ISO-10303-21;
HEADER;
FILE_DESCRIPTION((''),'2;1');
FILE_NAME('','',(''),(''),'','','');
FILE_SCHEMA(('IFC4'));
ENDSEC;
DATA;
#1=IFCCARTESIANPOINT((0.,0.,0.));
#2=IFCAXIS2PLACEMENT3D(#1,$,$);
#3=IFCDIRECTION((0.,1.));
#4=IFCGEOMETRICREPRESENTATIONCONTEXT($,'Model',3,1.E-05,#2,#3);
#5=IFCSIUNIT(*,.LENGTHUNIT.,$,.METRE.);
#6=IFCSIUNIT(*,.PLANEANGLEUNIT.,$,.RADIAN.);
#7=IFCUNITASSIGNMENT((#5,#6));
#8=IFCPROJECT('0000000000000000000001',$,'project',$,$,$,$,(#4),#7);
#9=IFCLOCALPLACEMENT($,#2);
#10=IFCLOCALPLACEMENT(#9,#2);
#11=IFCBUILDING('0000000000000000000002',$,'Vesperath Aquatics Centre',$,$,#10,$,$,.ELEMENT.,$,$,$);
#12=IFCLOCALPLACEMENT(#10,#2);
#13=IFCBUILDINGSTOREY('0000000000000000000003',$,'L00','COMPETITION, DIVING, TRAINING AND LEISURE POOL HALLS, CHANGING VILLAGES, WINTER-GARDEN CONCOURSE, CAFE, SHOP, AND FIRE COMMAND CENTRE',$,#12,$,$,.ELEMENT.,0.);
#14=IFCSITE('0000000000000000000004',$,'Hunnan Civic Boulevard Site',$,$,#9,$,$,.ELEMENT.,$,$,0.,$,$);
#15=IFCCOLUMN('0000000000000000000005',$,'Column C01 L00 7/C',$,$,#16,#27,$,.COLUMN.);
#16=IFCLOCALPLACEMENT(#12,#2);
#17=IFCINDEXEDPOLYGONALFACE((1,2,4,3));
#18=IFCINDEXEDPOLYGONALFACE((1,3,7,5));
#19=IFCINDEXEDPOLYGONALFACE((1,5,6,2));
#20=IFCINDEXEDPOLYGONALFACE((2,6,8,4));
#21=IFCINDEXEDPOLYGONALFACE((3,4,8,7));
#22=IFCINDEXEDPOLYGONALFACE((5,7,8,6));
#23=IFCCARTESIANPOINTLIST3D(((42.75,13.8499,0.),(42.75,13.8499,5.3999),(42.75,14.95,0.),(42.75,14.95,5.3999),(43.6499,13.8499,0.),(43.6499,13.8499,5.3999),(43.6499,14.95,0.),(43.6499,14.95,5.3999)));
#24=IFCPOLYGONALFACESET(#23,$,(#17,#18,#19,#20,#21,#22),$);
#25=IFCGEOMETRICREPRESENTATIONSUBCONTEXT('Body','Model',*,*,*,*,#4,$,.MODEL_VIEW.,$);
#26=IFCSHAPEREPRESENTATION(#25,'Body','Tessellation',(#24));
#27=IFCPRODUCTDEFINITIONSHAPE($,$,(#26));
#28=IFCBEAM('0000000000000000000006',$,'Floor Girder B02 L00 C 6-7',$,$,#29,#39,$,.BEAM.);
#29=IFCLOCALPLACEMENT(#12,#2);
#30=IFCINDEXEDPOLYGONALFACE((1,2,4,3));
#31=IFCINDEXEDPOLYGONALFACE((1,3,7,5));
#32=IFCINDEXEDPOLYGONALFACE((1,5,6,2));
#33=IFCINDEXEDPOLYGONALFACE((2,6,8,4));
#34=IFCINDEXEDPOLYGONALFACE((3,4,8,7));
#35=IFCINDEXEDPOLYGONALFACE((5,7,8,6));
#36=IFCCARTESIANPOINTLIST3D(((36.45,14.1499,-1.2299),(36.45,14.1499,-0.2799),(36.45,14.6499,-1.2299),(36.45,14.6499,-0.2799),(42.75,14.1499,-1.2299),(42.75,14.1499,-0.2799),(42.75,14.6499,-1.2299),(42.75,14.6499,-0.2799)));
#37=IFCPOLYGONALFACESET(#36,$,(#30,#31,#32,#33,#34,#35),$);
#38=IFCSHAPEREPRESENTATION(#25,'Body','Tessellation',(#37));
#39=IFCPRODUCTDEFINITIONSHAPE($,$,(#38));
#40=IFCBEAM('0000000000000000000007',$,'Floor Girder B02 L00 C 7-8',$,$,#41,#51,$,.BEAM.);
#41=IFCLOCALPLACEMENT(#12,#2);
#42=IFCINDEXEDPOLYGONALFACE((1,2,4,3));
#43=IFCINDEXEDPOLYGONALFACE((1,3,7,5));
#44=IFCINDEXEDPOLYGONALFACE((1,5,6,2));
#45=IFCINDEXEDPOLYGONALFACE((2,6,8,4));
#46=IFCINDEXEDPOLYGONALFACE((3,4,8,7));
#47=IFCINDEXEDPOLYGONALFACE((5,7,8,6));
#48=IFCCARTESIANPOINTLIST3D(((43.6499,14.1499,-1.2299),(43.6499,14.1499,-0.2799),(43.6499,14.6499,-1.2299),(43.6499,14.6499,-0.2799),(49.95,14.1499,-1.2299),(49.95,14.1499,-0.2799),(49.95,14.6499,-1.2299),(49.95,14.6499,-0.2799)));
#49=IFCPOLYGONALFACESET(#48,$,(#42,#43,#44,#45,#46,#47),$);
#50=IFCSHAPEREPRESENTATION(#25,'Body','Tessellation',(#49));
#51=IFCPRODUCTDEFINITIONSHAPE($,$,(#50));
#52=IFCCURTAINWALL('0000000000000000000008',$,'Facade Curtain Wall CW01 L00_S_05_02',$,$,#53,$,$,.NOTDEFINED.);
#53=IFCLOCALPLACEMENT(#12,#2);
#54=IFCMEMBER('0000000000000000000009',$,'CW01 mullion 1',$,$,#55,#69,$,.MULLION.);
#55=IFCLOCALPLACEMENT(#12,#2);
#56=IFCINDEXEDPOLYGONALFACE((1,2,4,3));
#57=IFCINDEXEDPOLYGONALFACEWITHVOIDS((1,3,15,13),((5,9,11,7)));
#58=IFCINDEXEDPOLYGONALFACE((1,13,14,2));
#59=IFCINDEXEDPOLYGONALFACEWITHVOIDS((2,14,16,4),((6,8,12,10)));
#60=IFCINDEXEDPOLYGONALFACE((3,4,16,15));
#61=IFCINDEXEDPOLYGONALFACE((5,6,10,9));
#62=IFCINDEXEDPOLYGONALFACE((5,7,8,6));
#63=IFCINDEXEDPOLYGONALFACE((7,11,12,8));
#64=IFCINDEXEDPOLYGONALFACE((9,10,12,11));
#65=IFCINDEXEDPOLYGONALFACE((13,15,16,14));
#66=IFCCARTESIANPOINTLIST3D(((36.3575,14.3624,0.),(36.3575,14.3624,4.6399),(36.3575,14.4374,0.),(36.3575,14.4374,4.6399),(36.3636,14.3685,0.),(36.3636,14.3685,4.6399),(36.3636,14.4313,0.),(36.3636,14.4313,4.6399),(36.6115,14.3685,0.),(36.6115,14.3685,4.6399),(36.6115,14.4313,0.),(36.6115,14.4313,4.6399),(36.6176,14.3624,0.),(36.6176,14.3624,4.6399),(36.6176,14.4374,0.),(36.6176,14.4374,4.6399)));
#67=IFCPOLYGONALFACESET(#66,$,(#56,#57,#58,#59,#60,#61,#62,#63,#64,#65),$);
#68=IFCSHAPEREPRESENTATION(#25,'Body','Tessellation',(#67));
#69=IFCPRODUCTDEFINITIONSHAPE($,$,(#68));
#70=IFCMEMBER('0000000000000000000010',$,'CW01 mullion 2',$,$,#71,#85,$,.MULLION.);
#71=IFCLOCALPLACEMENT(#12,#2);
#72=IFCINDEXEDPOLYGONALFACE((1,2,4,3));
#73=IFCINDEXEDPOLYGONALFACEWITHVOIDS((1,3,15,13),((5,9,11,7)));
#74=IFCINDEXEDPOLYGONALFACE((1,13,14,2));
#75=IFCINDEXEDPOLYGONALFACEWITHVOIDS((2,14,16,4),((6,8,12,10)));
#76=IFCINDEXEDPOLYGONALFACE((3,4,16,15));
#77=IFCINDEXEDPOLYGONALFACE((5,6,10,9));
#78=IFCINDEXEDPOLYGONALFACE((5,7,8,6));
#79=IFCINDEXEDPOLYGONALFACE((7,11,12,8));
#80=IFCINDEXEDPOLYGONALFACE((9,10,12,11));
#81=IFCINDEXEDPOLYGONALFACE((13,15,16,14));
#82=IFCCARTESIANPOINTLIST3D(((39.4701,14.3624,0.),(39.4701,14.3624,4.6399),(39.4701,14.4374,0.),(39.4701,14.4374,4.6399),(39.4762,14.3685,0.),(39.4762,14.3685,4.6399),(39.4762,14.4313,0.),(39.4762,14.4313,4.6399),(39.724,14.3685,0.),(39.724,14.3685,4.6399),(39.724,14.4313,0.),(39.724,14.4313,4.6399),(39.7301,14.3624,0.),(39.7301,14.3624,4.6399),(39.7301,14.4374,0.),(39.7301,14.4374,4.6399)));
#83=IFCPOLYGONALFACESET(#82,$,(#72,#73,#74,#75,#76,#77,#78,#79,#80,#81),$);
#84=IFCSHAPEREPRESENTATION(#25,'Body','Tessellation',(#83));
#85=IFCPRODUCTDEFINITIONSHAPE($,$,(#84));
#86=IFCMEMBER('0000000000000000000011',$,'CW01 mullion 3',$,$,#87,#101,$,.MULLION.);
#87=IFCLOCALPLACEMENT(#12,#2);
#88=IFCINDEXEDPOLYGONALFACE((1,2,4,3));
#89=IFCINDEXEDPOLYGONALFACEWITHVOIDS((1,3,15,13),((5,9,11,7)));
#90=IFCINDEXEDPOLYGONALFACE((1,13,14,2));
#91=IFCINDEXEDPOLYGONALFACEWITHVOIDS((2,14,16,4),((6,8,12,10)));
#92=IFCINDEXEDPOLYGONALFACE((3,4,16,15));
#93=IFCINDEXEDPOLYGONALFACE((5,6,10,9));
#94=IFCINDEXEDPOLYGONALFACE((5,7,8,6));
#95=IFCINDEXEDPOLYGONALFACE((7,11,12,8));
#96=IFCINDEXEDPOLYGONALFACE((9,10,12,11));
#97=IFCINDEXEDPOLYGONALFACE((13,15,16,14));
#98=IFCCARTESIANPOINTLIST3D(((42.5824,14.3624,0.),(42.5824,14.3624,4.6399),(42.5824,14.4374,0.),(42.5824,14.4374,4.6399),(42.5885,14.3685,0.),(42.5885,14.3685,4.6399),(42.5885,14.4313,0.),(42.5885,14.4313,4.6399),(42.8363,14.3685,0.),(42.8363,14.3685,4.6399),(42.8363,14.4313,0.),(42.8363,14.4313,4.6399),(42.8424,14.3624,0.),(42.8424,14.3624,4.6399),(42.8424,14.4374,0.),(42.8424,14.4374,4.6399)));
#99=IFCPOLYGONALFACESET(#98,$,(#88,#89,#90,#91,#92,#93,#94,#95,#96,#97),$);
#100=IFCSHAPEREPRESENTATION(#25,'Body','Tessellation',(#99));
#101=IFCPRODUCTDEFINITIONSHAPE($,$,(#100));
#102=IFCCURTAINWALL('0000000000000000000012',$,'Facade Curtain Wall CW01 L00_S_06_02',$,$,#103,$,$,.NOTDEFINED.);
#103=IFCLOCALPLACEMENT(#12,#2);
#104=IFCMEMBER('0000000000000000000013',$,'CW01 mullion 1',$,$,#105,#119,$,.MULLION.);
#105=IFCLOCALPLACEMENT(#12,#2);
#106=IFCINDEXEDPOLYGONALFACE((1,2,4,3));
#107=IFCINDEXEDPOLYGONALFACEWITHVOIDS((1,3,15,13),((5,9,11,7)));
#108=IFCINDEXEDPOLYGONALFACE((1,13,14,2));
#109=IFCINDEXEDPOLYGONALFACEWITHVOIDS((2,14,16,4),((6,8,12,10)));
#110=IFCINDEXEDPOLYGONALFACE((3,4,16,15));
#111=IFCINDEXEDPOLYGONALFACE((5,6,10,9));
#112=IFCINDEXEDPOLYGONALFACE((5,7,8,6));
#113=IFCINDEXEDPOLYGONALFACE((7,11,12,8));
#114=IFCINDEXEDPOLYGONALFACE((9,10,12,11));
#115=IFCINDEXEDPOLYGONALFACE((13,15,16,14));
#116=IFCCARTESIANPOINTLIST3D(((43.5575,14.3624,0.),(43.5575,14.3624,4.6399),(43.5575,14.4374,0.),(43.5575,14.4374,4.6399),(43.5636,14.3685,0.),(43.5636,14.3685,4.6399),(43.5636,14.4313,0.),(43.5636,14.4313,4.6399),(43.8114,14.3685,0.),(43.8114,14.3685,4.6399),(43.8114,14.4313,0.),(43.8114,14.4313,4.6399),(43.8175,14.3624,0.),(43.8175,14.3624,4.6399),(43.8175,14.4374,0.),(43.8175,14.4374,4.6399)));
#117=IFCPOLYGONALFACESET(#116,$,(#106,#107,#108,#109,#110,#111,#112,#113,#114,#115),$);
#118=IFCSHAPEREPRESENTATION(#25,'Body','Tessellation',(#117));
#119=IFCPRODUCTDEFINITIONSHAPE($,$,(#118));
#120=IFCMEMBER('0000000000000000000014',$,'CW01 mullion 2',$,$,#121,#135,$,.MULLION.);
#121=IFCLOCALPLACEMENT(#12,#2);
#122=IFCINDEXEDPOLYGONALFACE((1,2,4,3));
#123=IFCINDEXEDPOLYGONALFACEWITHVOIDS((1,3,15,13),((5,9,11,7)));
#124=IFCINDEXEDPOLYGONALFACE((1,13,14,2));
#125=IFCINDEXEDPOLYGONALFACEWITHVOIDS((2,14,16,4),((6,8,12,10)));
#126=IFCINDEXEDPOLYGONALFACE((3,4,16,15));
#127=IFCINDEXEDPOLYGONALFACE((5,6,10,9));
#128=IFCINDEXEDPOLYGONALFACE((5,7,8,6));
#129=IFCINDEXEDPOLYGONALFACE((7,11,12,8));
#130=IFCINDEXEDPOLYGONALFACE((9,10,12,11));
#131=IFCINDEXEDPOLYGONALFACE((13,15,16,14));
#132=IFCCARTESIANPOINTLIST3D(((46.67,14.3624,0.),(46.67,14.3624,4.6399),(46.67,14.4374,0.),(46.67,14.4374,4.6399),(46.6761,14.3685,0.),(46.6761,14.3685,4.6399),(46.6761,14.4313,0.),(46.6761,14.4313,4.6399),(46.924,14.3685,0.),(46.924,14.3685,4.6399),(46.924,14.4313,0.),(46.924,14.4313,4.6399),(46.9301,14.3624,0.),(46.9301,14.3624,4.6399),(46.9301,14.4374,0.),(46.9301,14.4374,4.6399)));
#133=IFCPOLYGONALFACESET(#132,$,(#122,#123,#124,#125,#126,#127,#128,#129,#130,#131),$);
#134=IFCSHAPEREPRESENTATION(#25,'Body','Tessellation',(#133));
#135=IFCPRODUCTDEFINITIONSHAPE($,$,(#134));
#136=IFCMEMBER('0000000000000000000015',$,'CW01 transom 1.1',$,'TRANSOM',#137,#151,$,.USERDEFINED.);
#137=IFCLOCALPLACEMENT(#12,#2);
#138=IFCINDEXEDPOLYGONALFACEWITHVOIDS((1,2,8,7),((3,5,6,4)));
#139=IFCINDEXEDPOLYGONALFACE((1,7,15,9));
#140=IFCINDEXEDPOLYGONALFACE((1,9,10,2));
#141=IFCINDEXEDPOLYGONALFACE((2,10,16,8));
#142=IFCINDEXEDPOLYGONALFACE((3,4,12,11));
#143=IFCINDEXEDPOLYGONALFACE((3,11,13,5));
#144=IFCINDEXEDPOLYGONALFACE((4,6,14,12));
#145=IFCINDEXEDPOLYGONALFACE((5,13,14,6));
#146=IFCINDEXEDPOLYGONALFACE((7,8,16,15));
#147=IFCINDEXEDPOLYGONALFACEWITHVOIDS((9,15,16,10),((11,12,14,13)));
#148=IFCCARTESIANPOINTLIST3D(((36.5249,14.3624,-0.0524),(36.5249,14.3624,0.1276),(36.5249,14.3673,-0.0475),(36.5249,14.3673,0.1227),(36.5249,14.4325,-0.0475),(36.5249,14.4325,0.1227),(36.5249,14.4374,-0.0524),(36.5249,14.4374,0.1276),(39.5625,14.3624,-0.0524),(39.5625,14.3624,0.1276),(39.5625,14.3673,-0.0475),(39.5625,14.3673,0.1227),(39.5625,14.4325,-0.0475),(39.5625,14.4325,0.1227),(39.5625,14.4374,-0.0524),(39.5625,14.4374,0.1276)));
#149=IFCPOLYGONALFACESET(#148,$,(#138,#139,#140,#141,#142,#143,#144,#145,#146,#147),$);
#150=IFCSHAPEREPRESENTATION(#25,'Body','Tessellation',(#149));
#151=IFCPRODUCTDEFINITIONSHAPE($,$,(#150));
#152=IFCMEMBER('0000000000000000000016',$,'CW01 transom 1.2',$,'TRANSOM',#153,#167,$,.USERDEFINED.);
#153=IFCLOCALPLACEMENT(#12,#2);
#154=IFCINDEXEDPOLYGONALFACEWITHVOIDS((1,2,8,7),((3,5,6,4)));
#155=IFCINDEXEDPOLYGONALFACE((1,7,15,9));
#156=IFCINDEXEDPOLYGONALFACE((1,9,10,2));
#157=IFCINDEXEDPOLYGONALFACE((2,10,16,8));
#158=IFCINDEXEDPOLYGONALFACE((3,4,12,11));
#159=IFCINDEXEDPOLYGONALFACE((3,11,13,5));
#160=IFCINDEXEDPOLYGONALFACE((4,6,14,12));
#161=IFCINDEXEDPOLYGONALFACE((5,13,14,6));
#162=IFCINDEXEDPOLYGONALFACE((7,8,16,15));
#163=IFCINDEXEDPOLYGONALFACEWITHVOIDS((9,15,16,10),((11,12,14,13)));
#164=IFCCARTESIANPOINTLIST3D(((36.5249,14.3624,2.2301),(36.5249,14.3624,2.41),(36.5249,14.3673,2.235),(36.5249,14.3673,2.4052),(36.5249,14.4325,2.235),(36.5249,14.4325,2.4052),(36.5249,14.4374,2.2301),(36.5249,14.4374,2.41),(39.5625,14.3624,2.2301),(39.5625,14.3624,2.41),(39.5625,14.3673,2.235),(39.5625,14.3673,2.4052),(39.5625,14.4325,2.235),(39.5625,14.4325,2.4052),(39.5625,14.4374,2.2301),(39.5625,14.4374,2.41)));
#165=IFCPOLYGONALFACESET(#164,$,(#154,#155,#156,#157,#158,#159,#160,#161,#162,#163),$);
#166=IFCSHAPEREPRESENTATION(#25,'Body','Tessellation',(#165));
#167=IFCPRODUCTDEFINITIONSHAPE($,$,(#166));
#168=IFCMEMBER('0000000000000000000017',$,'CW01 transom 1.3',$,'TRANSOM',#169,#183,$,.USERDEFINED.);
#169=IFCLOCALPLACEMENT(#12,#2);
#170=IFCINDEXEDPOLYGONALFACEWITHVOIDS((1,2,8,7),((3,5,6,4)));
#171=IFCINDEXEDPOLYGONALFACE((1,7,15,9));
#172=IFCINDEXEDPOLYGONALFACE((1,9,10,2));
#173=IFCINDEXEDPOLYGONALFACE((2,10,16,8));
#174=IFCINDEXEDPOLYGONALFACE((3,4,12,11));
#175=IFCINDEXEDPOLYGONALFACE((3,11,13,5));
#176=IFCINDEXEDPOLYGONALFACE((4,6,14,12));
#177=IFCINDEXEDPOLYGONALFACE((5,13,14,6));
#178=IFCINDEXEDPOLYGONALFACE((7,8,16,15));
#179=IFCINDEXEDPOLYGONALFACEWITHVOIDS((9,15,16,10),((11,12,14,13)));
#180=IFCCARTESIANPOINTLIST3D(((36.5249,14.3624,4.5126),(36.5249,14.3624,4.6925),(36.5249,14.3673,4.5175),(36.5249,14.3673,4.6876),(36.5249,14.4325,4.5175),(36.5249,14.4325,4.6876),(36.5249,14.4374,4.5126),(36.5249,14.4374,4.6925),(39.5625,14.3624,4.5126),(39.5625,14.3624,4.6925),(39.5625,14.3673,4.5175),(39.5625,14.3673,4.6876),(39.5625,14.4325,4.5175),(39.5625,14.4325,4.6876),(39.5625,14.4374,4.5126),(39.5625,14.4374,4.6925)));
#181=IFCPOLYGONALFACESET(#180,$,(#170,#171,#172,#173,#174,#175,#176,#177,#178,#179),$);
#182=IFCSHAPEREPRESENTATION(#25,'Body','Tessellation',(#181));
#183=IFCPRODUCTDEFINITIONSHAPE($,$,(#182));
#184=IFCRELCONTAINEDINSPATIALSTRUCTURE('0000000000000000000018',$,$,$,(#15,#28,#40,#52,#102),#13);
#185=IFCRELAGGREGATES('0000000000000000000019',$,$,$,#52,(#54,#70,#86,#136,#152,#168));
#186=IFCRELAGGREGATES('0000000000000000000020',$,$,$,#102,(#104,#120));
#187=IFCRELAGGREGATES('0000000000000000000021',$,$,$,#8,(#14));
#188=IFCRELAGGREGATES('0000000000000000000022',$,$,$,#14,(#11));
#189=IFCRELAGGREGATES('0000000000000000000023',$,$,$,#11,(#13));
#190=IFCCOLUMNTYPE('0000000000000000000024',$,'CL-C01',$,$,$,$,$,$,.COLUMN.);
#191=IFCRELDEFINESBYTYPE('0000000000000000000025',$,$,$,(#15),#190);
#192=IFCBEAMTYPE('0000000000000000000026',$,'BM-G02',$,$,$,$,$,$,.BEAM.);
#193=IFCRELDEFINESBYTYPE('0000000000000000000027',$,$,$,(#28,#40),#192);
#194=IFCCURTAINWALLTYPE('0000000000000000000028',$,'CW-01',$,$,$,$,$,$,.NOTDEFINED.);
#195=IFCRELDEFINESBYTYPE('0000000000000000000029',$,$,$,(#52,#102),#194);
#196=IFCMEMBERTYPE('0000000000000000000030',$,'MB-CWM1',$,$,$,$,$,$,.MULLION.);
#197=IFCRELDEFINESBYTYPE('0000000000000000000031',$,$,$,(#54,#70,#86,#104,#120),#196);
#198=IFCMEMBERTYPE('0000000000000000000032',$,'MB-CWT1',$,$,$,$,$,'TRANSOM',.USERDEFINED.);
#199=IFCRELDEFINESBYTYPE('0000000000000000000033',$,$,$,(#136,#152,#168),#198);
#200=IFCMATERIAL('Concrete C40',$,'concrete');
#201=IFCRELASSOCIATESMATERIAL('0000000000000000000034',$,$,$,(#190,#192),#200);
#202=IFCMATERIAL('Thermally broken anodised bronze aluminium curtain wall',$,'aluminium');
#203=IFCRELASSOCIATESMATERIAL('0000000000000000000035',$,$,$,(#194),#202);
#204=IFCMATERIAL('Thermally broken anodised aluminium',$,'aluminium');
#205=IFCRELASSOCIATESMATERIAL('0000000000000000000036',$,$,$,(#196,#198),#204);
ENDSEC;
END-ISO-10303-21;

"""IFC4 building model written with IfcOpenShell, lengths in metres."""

from ifc_helpers import new_model, si_unit, direction, frame, origin, origin_2d, place, context, subcontext, project, spatial, rectangle, hollow_rectangle, extrude, material, material_profile, profile_set, type_object, element, aggregate, save


model = new_model("IFC4")

# Units and contexts
model_context = context("Model", 3, precision=1e-05, world=origin(), true_north=direction((0.0, 1.0)))
body_context = subcontext(model_context, "Body", "Model", "MODEL_VIEW")
ifc_project = project(units=[si_unit("LENGTHUNIT", "METRE"), si_unit("PLANEANGLEUNIT", "RADIAN")], contexts=[model_context])

# Site, building, storey
site_placement = place(None, origin())
site = spatial("IfcSite", under=ifc_project, at=site_placement, Name="Hunnan Civic Boulevard Site", CompositionType="ELEMENT", RefElevation=0.0)
building_placement = place(site_placement, origin())
building = spatial("IfcBuilding", under=site, at=building_placement, Name="Vesperath Aquatics Centre", CompositionType="ELEMENT")
storey_placement = place(building_placement, origin())
storey = spatial("IfcBuildingStorey", under=building, at=storey_placement, Name="L00", Description="COMPETITION, DIVING, TRAINING AND LEISURE POOL HALLS, CHANGING VILLAGES, WINTER-GARDEN CONCOURSE, CAFE, SHOP, AND FIRE COMMAND CENTRE", CompositionType="ELEMENT", Elevation=0.0)

# Column
ifc_material_1 = material(Name="Concrete C40", Category="concrete")
ifc_material_profile_1 = material_profile(ifc_material_1, rectangle(XDim=0.8999, YDim=1.1001, at=origin_2d()), Name="RC 1100x900")
ifc_profile_set_1 = profile_set([ifc_material_profile_1], Name="Concrete C40")
column_type = type_object("IfcColumnType", Name="CL-C01", PredefinedType="COLUMN", material=ifc_profile_set_1)
column_placement = place(storey_placement, frame((43.2, 14.3999, 0.0), z_axis=(0.0, 0.0, 1.0), x_axis=(1.0, 0.0, 0.0)))
element("IfcColumn", 1, at=column_placement, inside=storey, type_object=column_type, Name="Column C01 L00 7/C", PredefinedType="COLUMN", context=body_context, shape_type="SweptSolid", body=[
    extrude(rectangle(XDim=0.8999, YDim=1.1001, at=origin_2d()), origin(), (0.0, 0.0, 1.0), 5.3999),
])

# Beams
ifc_material_profile_2 = material_profile(ifc_material_1, rectangle(XDim=0.5, YDim=0.95, at=origin_2d()), Name="RC 500x950")
ifc_profile_set_2 = profile_set([ifc_material_profile_2], Name="Concrete C40")
beam_type = type_object("IfcBeamType", Name="BM-G02", PredefinedType="BEAM", material=ifc_profile_set_2)
for number, where, z_axis, x_axis, name in (
    (2, (36.45, 14.3999, -0.7549), (1.0, 0.0, 0.0), (0.0, 1.0, 0.0), "Floor Girder B02 L00 C 6-7"),
    (3, (43.6499, 14.3999, -0.7549), (1.0, 0.0, 0.0), (0.0, 1.0, 0.0), "Floor Girder B02 L00 C 7-8"),
):
    element("IfcBeam", number, at=place(storey_placement, frame(where, z_axis=z_axis, x_axis=x_axis)), inside=storey, type_object=beam_type, Name=name, PredefinedType="BEAM", context=body_context, shape_type="SweptSolid", body=[
        extrude(rectangle(XDim=0.5, YDim=0.95, at=origin_2d()), origin(), (0.0, 0.0, 1.0), 6.3),
    ])

# Curtain walls, members
ifc_material_2 = material(Name="Thermally broken anodised bronze aluminium curtain wall", Category="aluminium")
curtain_wall_type = type_object("IfcCurtainWallType", Name="CW-01", PredefinedType="NOTDEFINED", material=ifc_material_2)
curtain_wall_1_placement = place(storey_placement, origin())
curtain_wall_1 = element("IfcCurtainWall", 4, at=curtain_wall_1_placement, inside=storey, type_object=curtain_wall_type, Name="Facade Curtain Wall CW01 L00_S_05_02", PredefinedType="NOTDEFINED")
ifc_material_3 = material(Name="Thermally broken anodised aluminium", Category="aluminium")
ifc_material_profile_3 = material_profile(ifc_material_3, hollow_rectangle(XDim=0.075, YDim=0.26, WallThickness=0.0061, at=origin_2d()), Name="CWM 75x260x6")
ifc_profile_set_3 = profile_set([ifc_material_profile_3], Name="Thermally broken anodised aluminium")
member_type_1 = type_object("IfcMemberType", Name="MB-CWM1", PredefinedType="MULLION", material=ifc_profile_set_3)
member_1_placement = place(storey_placement, frame((36.4875, 14.3999, 0.0), z_axis=(0.0, 0.0, 1.0), x_axis=(0.0, 1.0, 0.0)))
member_1 = element("IfcMember", 5, at=member_1_placement, type_object=member_type_1, Name="CW01 mullion 1", PredefinedType="MULLION", context=body_context, shape_type="SweptSolid", body=[
    extrude(hollow_rectangle(XDim=0.075, YDim=0.26, WallThickness=0.0061, at=origin_2d()), origin(), (0.0, 0.0, 1.0), 4.6399),
])
member_2_placement = place(storey_placement, frame((39.6001, 14.3999, 0.0), z_axis=(0.0, 0.0, 1.0), x_axis=(0.0, 1.0, 0.0)))
member_2 = element("IfcMember", 6, at=member_2_placement, type_object=member_type_1, Name="CW01 mullion 2", PredefinedType="MULLION", context=body_context, shape_type="SweptSolid", body=[
    extrude(hollow_rectangle(XDim=0.075, YDim=0.26, WallThickness=0.0061, at=origin_2d()), origin(), (0.0, 0.0, 1.0), 4.6399),
])
member_3_placement = place(storey_placement, frame((42.7124, 14.3999, 0.0), z_axis=(0.0, 0.0, 1.0), x_axis=(0.0, 1.0, 0.0)))
member_3 = element("IfcMember", 7, at=member_3_placement, type_object=member_type_1, Name="CW01 mullion 3", PredefinedType="MULLION", context=body_context, shape_type="SweptSolid", body=[
    extrude(hollow_rectangle(XDim=0.075, YDim=0.26, WallThickness=0.0061, at=origin_2d()), origin(), (0.0, 0.0, 1.0), 4.6399),
])
curtain_wall_2_placement = place(storey_placement, origin())
curtain_wall_2 = element("IfcCurtainWall", 8, at=curtain_wall_2_placement, inside=storey, type_object=curtain_wall_type, Name="Facade Curtain Wall CW01 L00_S_06_02", PredefinedType="NOTDEFINED")
member_4_placement = place(storey_placement, frame((43.6875, 14.3999, 0.0), z_axis=(0.0, 0.0, 1.0), x_axis=(0.0, 1.0, 0.0)))
member_4 = element("IfcMember", 9, at=member_4_placement, type_object=member_type_1, Name="CW01 mullion 1", PredefinedType="MULLION", context=body_context, shape_type="SweptSolid", body=[
    extrude(hollow_rectangle(XDim=0.075, YDim=0.26, WallThickness=0.0061, at=origin_2d()), origin(), (0.0, 0.0, 1.0), 4.6399),
])
member_5_placement = place(storey_placement, frame((46.8, 14.3999, 0.0), z_axis=(0.0, 0.0, 1.0), x_axis=(0.0, 1.0, 0.0)))
member_5 = element("IfcMember", 10, at=member_5_placement, type_object=member_type_1, Name="CW01 mullion 2", PredefinedType="MULLION", context=body_context, shape_type="SweptSolid", body=[
    extrude(hollow_rectangle(XDim=0.075, YDim=0.26, WallThickness=0.0061, at=origin_2d()), origin(), (0.0, 0.0, 1.0), 4.6399),
])

# Members
ifc_material_profile_4 = material_profile(ifc_material_3, hollow_rectangle(XDim=0.075, YDim=0.1799, WallThickness=0.0049, at=origin_2d()), Name="CWT 75x180x5")
ifc_profile_set_4 = profile_set([ifc_material_profile_4], Name="Thermally broken anodised aluminium")
member_type_2 = type_object("IfcMemberType", Name="MB-CWT1", ElementType="TRANSOM", PredefinedType="USERDEFINED", material=ifc_profile_set_4)
member_6_placement = place(storey_placement, frame((36.5249, 14.3999, 0.0376), z_axis=(1.0, 0.0, 0.0), x_axis=(0.0, 1.0, 0.0)))
member_6 = element("IfcMember", 11, at=member_6_placement, type_object=member_type_2, Name="CW01 transom 1.1", ObjectType="TRANSOM", PredefinedType="USERDEFINED", context=body_context, shape_type="SweptSolid", body=[
    extrude(hollow_rectangle(XDim=0.075, YDim=0.1799, WallThickness=0.0049, at=origin_2d()), origin(), (0.0, 0.0, 1.0), 3.0376),
])
member_7_placement = place(storey_placement, frame((36.5249, 14.3999, 2.3201), z_axis=(1.0, 0.0, 0.0), x_axis=(0.0, 1.0, 0.0)))
member_7 = element("IfcMember", 12, at=member_7_placement, type_object=member_type_2, Name="CW01 transom 1.2", ObjectType="TRANSOM", PredefinedType="USERDEFINED", context=body_context, shape_type="SweptSolid", body=[
    extrude(hollow_rectangle(XDim=0.075, YDim=0.1799, WallThickness=0.0049, at=origin_2d()), origin(), (0.0, 0.0, 1.0), 3.0376),
])
member_8_placement = place(storey_placement, frame((36.5249, 14.3999, 4.6025), z_axis=(1.0, 0.0, 0.0), x_axis=(0.0, 1.0, 0.0)))
member_8 = element("IfcMember", 13, at=member_8_placement, type_object=member_type_2, Name="CW01 transom 1.3", ObjectType="TRANSOM", PredefinedType="USERDEFINED", context=body_context, shape_type="SweptSolid", body=[
    extrude(hollow_rectangle(XDim=0.075, YDim=0.1799, WallThickness=0.0049, at=origin_2d()), origin(), (0.0, 0.0, 1.0), 3.0376),
])

aggregate(curtain_wall_1, [member_1, member_2, member_3, member_6, member_7, member_8])
aggregate(curtain_wall_2, [member_4, member_5])

save(model, "model.ifc")
